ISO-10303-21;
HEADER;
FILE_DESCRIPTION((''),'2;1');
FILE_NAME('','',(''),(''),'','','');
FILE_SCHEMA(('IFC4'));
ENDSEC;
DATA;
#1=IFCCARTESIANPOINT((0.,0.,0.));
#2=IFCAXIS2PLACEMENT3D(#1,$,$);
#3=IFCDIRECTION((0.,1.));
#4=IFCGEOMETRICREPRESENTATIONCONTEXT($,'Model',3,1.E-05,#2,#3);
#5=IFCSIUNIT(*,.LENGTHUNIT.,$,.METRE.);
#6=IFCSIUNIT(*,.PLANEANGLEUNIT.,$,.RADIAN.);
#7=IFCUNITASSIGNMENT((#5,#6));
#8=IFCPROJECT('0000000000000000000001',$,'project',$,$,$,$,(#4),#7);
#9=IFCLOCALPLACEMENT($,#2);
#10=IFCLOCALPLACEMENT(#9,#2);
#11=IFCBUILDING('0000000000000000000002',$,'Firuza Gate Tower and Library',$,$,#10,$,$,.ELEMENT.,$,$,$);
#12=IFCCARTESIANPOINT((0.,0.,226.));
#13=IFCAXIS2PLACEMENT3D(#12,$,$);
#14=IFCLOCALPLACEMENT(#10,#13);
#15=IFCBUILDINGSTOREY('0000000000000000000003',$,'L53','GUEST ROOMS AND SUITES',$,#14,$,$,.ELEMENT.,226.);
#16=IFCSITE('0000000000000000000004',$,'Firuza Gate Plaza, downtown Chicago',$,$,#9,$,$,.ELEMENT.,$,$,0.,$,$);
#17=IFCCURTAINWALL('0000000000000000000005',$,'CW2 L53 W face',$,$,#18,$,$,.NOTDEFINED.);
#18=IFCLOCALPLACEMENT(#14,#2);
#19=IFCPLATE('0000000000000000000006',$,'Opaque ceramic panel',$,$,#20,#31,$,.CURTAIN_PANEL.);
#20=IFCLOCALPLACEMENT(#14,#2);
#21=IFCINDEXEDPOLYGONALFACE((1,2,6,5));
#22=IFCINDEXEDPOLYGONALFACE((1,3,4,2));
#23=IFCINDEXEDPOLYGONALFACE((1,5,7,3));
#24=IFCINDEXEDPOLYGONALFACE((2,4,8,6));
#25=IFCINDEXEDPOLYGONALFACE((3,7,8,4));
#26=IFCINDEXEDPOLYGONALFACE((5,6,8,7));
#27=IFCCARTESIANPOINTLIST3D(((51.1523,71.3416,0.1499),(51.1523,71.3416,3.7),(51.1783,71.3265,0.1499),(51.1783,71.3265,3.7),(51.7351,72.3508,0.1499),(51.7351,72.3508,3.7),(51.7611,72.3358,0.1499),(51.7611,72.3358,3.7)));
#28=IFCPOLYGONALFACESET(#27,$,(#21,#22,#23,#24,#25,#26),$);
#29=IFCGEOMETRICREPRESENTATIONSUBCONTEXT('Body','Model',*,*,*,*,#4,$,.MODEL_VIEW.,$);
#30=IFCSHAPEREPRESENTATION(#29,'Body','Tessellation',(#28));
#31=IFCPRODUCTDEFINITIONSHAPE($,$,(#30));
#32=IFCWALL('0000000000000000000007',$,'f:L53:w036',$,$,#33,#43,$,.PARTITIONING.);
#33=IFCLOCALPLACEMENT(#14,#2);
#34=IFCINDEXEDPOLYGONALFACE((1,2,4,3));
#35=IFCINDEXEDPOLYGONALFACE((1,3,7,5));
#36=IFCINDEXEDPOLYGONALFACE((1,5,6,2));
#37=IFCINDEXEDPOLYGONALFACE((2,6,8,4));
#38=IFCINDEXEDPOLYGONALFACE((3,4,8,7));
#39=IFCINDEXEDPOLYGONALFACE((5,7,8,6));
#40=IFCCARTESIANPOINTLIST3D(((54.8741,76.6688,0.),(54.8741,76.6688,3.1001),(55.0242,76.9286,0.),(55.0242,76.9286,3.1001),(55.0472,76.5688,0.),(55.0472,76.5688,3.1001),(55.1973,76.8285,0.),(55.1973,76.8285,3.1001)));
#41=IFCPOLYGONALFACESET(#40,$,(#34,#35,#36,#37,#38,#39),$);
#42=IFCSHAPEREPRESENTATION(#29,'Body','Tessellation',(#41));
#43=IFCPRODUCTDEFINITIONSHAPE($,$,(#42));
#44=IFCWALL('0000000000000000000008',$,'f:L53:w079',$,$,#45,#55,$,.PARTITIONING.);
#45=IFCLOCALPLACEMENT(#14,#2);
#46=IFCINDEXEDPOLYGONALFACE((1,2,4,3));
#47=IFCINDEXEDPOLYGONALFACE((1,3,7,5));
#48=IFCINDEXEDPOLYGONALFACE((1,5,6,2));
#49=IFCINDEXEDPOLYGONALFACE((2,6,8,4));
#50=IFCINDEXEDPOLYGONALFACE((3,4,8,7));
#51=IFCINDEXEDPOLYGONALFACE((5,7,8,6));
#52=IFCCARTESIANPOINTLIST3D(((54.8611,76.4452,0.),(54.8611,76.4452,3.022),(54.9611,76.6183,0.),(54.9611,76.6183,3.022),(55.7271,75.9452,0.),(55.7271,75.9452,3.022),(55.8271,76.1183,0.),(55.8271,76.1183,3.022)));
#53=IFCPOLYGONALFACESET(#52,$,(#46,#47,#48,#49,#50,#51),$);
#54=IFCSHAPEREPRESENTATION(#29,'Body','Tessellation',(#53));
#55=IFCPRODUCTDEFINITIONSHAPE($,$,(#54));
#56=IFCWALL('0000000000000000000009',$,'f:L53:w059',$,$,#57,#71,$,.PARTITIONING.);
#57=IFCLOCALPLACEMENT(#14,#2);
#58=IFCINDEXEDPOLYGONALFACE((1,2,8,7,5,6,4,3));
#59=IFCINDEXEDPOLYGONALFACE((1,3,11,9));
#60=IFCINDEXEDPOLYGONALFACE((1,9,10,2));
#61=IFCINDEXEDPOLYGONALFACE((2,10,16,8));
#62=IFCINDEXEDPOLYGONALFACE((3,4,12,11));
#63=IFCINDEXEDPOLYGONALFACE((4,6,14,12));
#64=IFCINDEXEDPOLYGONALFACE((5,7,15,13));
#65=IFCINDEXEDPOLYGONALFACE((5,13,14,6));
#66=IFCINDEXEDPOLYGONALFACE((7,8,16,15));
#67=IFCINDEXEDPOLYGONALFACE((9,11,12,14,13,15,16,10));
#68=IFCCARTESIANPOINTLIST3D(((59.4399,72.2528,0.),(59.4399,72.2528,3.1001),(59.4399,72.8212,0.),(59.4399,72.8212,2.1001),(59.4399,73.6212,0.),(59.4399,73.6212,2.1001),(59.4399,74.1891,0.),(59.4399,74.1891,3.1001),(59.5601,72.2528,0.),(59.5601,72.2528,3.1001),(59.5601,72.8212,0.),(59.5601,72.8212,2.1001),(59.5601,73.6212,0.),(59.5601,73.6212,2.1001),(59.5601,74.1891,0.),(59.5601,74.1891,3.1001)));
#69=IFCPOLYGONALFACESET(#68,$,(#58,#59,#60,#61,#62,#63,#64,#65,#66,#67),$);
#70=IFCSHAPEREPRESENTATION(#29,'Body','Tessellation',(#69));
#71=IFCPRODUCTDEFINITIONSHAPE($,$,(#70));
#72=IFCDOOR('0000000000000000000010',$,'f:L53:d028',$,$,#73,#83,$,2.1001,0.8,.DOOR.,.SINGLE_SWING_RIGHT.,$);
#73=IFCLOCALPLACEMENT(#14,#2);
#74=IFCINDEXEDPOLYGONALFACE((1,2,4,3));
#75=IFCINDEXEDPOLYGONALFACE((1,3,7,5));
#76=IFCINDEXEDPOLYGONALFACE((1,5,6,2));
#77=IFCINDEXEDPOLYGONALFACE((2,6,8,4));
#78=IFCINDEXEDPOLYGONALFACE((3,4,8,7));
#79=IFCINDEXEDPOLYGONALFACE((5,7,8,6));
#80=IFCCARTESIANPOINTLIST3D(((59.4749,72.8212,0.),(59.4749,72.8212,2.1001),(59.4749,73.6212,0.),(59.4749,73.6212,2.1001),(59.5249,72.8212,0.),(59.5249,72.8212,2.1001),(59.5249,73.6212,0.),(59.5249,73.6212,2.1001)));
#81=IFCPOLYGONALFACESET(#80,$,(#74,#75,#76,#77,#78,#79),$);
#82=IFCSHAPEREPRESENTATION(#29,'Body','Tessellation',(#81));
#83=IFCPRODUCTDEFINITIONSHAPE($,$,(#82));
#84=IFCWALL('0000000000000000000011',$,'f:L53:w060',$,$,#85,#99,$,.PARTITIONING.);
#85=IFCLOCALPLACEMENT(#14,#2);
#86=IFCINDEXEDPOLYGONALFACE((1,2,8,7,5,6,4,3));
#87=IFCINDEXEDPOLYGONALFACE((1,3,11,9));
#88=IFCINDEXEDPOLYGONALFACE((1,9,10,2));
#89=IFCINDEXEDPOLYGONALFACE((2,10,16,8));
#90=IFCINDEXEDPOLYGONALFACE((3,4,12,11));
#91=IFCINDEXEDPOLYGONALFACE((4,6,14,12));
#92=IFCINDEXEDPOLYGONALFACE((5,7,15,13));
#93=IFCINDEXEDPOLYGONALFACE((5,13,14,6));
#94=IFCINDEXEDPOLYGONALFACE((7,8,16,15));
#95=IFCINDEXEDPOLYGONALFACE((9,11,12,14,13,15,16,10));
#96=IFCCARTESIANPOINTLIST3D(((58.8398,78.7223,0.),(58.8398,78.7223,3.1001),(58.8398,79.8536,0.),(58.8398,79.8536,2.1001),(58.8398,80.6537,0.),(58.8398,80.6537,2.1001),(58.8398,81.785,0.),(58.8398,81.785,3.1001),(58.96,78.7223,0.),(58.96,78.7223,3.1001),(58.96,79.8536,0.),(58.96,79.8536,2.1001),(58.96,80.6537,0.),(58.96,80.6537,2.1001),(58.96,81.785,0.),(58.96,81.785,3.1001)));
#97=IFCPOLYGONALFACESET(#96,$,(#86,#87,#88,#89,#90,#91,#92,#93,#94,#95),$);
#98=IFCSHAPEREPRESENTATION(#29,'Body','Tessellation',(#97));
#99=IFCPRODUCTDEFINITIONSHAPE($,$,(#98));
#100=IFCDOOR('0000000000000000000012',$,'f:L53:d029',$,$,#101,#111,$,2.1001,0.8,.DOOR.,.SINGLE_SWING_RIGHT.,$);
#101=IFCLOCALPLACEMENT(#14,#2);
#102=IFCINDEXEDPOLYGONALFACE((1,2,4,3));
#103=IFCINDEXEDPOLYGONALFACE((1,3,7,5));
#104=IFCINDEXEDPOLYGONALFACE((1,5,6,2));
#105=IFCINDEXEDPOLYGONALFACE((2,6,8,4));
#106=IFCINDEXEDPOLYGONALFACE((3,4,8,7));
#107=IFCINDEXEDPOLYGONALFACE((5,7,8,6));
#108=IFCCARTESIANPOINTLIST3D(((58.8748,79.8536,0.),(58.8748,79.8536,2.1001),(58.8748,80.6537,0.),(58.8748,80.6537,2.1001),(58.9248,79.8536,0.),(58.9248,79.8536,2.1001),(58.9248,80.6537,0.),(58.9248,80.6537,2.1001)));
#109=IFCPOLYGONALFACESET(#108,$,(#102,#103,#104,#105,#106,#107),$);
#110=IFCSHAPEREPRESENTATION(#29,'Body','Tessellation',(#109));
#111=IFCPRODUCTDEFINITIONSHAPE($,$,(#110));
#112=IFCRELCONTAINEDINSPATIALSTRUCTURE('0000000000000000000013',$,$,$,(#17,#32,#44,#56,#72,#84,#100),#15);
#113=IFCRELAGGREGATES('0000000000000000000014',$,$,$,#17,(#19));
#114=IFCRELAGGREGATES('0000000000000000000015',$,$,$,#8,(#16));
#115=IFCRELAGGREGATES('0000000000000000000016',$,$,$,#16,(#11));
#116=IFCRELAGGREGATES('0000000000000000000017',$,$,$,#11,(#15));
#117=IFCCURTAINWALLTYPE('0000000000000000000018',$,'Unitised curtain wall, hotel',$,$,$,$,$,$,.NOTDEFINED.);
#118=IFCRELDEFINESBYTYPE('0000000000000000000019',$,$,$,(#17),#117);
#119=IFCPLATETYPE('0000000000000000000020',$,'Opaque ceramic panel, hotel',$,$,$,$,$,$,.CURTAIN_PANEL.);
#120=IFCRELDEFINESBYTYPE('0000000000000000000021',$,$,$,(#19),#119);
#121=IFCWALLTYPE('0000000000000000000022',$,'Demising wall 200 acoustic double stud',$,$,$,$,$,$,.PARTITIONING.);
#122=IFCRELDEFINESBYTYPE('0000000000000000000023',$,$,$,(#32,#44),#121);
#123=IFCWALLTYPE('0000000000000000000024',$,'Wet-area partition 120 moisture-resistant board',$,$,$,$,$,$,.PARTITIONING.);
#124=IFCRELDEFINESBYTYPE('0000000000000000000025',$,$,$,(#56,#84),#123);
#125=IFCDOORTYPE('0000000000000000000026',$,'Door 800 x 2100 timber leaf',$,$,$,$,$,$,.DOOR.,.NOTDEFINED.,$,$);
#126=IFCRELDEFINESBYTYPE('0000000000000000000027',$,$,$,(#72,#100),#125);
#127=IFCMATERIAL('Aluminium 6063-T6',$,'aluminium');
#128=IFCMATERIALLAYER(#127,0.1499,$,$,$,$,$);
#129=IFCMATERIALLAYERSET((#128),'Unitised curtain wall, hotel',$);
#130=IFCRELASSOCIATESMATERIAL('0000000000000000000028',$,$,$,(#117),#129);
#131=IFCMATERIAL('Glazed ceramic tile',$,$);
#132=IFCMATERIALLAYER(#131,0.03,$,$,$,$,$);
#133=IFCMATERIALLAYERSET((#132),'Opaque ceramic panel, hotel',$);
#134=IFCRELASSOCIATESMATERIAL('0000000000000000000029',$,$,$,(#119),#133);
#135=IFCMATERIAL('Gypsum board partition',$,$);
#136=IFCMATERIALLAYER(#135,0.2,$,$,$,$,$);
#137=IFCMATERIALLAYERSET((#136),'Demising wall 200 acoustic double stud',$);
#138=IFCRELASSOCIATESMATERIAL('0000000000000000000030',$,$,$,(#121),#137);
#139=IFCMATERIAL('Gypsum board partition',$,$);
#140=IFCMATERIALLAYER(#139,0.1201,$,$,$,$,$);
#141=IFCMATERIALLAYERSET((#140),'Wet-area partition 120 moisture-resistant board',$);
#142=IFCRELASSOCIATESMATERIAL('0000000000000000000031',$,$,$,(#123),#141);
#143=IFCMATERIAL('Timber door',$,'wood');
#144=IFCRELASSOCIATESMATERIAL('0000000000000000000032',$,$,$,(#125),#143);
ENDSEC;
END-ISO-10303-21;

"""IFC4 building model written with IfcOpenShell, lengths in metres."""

from ifc_helpers import new_model, si_unit, direction, frame, frame_2d, origin, place, context, subcontext, project, spatial, polyline, rectangle, outline, extrude, material, layer, layer_set, type_object, element, fill, aggregate, save


model = new_model("IFC4")

# Units and contexts
model_context = context("Model", 3, precision=1e-05, world=origin(), true_north=direction((0.0, 1.0)))
body_context = subcontext(model_context, "Body", "Model", "MODEL_VIEW")
ifc_project = project(units=[si_unit("LENGTHUNIT", "METRE"), si_unit("PLANEANGLEUNIT", "RADIAN")], contexts=[model_context])

# Site, building, storey
site_placement = place(None, origin())
site = spatial("IfcSite", under=ifc_project, at=site_placement, Name="Firuza Gate Plaza, downtown Chicago", CompositionType="ELEMENT", RefElevation=0.0)
building_placement = place(site_placement, origin())
building = spatial("IfcBuilding", under=site, at=building_placement, Name="Firuza Gate Tower and Library", CompositionType="ELEMENT")
storey_placement = place(building_placement, frame((0.0, 0.0, 226.0)))
storey = spatial("IfcBuildingStorey", under=building, at=storey_placement, Name="L53", Description="GUEST ROOMS AND SUITES", CompositionType="ELEMENT", Elevation=226.0)

# Curtain wall
ifc_material_1 = material(Name="Aluminium 6063-T6", Category="aluminium")
ifc_layer_1 = layer(ifc_material_1, 0.1499)
ifc_layer_set_1 = layer_set([ifc_layer_1], Name="Unitised curtain wall, hotel")
curtain_wall_type = type_object("IfcCurtainWallType", Name="Unitised curtain wall, hotel", PredefinedType="NOTDEFINED", material=ifc_layer_set_1)
curtain_wall_placement = place(storey_placement, origin())
curtain_wall = element("IfcCurtainWall", 1, at=curtain_wall_placement, inside=storey, type_object=curtain_wall_type, Name="CW2 L53 W face", PredefinedType="NOTDEFINED")

# Plate
ifc_material_2 = material(Name="Glazed ceramic tile")
ifc_layer_2 = layer(ifc_material_2, 0.03)
ifc_layer_set_2 = layer_set([ifc_layer_2], Name="Opaque ceramic panel, hotel")
plate_type_1 = type_object("IfcPlateType", Name="Opaque ceramic panel, hotel", PredefinedType="CURTAIN_PANEL", material=ifc_layer_set_2)
plate_1_placement = place(storey_placement, frame((51.7351, 72.3508, 0.1499), z_axis=(-0.866004, 0.500037, 0.0), x_axis=(-0.500037, -0.866004, 0.0)))
plate_1 = element("IfcPlate", 2, at=plate_1_placement, type_object=plate_type_1, Name="Opaque ceramic panel", PredefinedType="CURTAIN_PANEL", context=body_context, shape_type="SweptSolid", body=[
    extrude(outline(polyline([(0.0, 0.0), (1.1654, 0.0), (1.1654, 3.55), (0.0, 3.55), (0.0, 0.0)])), origin(), (0.0, 0.0, -1.0), 0.03),
])
aggregate(curtain_wall, [plate_1])

# Walls
ifc_material_3 = material(Name="Gypsum board partition")
ifc_layer_3 = layer(ifc_material_3, 0.2)
ifc_layer_set_3 = layer_set([ifc_layer_3], Name="Demising wall 200 acoustic double stud")
wall_type_1 = type_object("IfcWallType", Name="Demising wall 200 acoustic double stud", PredefinedType="PARTITIONING", material=ifc_layer_set_3)
wall_1_placement = place(storey_placement, frame((54.9607, 76.6189, 0.0), z_axis=(0.0, 0.0, 1.0), x_axis=(0.500427, 0.865779, 0.0)))
element("IfcWall", 3, at=wall_1_placement, inside=storey, type_object=wall_type_1, Name="f:L53:w036", PredefinedType="PARTITIONING", context=body_context, shape_type="SweptSolid", body=[
    extrude(rectangle(XDim=0.3, YDim=0.2, at=frame_2d((0.1499, 0.0))), origin(), (0.0, 0.0, 1.0), 3.1001),
])
wall_2_placement = place(storey_placement, frame((55.7771, 76.0317, 0.0), z_axis=(0.0, 0.0, 1.0), x_axis=(-0.866011, 0.500025, 0.0)))
element("IfcWall", 4, at=wall_2_placement, inside=storey, type_object=wall_type_1, Name="f:L53:w079", PredefinedType="PARTITIONING", context=body_context, shape_type="SweptSolid", body=[
    extrude(rectangle(XDim=1.0, YDim=0.2, at=frame_2d((0.5, 0.0))), origin(), (0.0, 0.0, 1.0), 3.022),
])

# Walls, openings, doors
ifc_material_4 = material(Name="Gypsum board partition")
ifc_layer_4 = layer(ifc_material_4, 0.1201)
ifc_layer_set_4 = layer_set([ifc_layer_4], Name="Wet-area partition 120 moisture-resistant board")
wall_type_2 = type_object("IfcWallType", Name="Wet-area partition 120 moisture-resistant board", PredefinedType="PARTITIONING", material=ifc_layer_set_4)
wall_3_placement = place(storey_placement, frame((59.5, 74.1892, 0.0), z_axis=(0.0, 0.0, 1.0), x_axis=(0.0, -1.0, 0.0)))
wall_3 = element("IfcWall", 5, at=wall_3_placement, inside=storey, type_object=wall_type_2, Name="f:L53:w059", PredefinedType="PARTITIONING", context=body_context, shape_type="SweptSolid", body=[
    extrude(rectangle(XDim=1.9363, YDim=0.1201, at=frame_2d((0.9683, 0.0))), origin(), (0.0, 0.0, 1.0), 3.1001),
])
opening_1_placement = place(wall_3_placement, frame((0.5681, 0.0, 0.0)))
opening_1 = element("IfcOpeningElement", 6, at=opening_1_placement, cuts=wall_3, PredefinedType="OPENING", context=body_context, shape_type="SweptSolid", body=[
    extrude(rectangle(XDim=0.8, YDim=2.1001, at=frame_2d((0.3999, 1.05))), frame((0.0, 0.0701, 0.0), z_axis=(0.0, -1.0, 0.0), x_axis=(1.0, 0.0, 0.0)), (0.0, 0.0, 1.0), 0.1401),
])
ifc_material_5 = material(Name="Timber door", Category="wood")
door_type = type_object("IfcDoorType", Name="Door 800 x 2100 timber leaf", OperationType="NOTDEFINED", PredefinedType="DOOR", material=ifc_material_5)
door_1_placement = place(opening_1_placement, origin())
door_1 = element("IfcDoor", 7, at=door_1_placement, inside=storey, type_object=door_type, Name="f:L53:d028", OperationType="SINGLE_SWING_RIGHT", OverallHeight=2.1001, OverallWidth=0.8, PredefinedType="DOOR", context=body_context, shape_type="SweptSolid", body=[
    extrude(rectangle(XDim=0.8, YDim=2.1001, at=frame_2d((0.3999, 1.05))), frame((0.0, 0.0249, 0.0), z_axis=(0.0, -1.0, 0.0), x_axis=(1.0, 0.0, 0.0)), (0.0, 0.0, 1.0), 0.05),
])
fill(opening_1, door_1)
wall_4_placement = place(storey_placement, frame((58.8999, 81.7849, 0.0), z_axis=(0.0, 0.0, 1.0), x_axis=(0.0, -1.0, 0.0)))
wall_4 = element("IfcWall", 8, at=wall_4_placement, inside=storey, type_object=wall_type_2, Name="f:L53:w060", PredefinedType="PARTITIONING", context=body_context, shape_type="SweptSolid", body=[
    extrude(rectangle(XDim=3.0627, YDim=0.1201, at=frame_2d((1.5312, 0.0))), origin(), (0.0, 0.0, 1.0), 3.1001),
])
opening_2_placement = place(wall_4_placement, frame((1.1313, 0.0, 0.0)))
opening_2 = element("IfcOpeningElement", 9, at=opening_2_placement, cuts=wall_4, PredefinedType="OPENING", context=body_context, shape_type="SweptSolid", body=[
    extrude(rectangle(XDim=0.8, YDim=2.1001, at=frame_2d((0.3999, 1.05))), frame((0.0, 0.0701, 0.0), z_axis=(0.0, -1.0, 0.0), x_axis=(1.0, 0.0, 0.0)), (0.0, 0.0, 1.0), 0.1401),
])
door_2_placement = place(opening_2_placement, origin())
door_2 = element("IfcDoor", 10, at=door_2_placement, inside=storey, type_object=door_type, Name="f:L53:d029", OperationType="SINGLE_SWING_RIGHT", OverallHeight=2.1001, OverallWidth=0.8, PredefinedType="DOOR", context=body_context, shape_type="SweptSolid", body=[
    extrude(rectangle(XDim=0.8, YDim=2.1001, at=frame_2d((0.3999, 1.05))), frame((0.0, 0.0249, 0.0), z_axis=(0.0, -1.0, 0.0), x_axis=(1.0, 0.0, 0.0)), (0.0, 0.0, 1.0), 0.05),
])
fill(opening_2, door_2)

save(model, "model.ifc")
